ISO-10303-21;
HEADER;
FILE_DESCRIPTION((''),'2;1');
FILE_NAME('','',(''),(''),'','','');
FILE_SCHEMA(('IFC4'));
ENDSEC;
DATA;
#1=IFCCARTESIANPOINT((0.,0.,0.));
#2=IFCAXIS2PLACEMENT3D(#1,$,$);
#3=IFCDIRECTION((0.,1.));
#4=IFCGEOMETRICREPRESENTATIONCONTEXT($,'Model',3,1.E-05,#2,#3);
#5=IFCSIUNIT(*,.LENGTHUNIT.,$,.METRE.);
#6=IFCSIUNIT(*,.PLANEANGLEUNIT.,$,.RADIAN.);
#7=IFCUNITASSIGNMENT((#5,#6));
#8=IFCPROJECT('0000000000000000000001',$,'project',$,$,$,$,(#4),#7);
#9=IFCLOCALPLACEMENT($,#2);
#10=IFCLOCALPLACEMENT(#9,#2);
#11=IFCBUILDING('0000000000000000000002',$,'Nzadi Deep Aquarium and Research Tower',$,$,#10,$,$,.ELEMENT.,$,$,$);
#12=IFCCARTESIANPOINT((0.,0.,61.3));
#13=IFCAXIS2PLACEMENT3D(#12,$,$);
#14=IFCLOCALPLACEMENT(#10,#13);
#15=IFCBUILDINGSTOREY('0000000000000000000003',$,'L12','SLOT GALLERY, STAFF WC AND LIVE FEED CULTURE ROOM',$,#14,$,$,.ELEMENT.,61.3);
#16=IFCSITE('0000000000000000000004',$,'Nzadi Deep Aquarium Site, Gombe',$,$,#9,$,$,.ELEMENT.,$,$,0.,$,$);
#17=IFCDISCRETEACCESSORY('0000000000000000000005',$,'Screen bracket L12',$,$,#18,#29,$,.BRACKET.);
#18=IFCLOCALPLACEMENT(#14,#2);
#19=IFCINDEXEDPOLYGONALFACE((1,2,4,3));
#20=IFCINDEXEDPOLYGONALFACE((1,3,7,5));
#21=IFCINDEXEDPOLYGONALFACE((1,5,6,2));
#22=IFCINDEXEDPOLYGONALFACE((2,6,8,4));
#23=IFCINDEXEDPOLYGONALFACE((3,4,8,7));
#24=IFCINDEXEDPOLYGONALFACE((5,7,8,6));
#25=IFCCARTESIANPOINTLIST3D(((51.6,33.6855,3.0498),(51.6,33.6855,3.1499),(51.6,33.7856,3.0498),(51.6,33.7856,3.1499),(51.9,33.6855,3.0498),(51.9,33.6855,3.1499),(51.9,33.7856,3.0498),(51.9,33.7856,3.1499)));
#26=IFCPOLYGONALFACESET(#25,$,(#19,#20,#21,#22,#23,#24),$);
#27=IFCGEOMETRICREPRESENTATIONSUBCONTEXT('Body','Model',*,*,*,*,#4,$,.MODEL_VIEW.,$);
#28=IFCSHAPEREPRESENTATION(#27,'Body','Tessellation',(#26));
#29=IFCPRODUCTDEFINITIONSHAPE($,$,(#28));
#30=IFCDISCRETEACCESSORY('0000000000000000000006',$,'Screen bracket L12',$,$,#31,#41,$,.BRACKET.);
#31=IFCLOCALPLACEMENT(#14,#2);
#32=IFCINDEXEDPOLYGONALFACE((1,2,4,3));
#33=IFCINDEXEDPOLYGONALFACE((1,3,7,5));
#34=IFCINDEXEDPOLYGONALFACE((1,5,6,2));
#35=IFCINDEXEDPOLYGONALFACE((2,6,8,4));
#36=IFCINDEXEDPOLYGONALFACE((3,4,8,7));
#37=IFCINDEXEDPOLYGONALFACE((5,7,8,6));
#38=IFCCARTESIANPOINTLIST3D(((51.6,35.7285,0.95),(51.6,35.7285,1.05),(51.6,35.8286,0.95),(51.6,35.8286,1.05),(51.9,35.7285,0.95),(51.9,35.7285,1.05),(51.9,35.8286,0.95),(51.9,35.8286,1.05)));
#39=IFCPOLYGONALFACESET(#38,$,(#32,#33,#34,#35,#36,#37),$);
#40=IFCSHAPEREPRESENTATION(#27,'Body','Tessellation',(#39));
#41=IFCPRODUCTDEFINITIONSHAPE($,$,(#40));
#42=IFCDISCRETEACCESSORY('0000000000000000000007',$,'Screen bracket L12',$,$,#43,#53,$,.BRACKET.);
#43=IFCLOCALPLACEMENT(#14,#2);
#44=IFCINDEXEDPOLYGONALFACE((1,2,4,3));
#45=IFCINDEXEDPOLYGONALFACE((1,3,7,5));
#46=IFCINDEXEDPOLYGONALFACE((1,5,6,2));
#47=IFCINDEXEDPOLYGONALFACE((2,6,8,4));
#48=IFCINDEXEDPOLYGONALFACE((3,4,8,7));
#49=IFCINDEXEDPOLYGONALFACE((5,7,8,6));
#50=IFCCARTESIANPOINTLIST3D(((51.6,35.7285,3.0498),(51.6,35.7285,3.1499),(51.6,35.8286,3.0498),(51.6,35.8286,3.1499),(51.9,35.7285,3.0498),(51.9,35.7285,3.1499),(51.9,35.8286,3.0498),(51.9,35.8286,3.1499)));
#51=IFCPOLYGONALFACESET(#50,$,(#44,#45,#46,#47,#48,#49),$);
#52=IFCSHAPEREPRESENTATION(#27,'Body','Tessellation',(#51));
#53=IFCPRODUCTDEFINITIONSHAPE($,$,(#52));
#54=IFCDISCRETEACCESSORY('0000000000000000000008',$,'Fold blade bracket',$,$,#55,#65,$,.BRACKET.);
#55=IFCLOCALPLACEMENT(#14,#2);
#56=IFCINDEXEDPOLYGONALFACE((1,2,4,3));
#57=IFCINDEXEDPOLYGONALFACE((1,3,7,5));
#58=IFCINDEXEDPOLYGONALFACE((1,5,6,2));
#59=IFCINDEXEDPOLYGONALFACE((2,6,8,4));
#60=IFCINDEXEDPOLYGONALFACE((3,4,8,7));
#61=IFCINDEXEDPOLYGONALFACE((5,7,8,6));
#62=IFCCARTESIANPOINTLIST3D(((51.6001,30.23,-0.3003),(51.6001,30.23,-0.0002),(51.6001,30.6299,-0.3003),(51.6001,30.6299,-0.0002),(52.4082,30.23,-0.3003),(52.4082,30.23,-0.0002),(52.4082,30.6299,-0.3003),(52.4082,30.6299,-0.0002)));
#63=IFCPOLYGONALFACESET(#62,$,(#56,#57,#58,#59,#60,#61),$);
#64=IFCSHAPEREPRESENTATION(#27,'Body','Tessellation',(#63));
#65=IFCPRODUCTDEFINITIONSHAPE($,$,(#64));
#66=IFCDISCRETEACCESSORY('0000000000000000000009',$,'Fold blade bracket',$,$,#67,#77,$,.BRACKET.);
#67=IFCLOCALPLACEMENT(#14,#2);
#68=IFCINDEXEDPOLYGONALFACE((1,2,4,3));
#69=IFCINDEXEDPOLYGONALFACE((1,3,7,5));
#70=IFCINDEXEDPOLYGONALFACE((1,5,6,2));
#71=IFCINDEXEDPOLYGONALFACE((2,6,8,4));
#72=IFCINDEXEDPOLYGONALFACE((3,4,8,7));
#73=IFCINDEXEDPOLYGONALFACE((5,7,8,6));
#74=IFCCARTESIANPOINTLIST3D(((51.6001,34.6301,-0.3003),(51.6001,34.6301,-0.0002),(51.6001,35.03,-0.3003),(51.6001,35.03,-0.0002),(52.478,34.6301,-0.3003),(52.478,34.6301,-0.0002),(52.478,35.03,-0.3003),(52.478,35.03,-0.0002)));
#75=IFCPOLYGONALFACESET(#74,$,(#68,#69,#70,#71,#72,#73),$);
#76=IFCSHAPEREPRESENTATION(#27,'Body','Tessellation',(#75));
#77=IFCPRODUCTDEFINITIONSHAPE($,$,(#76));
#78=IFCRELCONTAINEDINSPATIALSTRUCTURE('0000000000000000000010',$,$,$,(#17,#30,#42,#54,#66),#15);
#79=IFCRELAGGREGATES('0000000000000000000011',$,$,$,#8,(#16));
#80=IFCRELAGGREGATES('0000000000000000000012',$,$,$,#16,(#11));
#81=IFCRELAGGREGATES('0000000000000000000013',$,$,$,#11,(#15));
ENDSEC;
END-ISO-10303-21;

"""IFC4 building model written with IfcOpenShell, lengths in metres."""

from ifc_helpers import new_model, si_unit, direction, frame, origin, origin_2d, place, context, subcontext, project, spatial, rectangle, extrude, element, save


model = new_model("IFC4")

# Units and contexts
model_context = context("Model", 3, precision=1e-05, world=origin(), true_north=direction((0.0, 1.0)))
body_context = subcontext(model_context, "Body", "Model", "MODEL_VIEW")
ifc_project = project(units=[si_unit("LENGTHUNIT", "METRE"), si_unit("PLANEANGLEUNIT", "RADIAN")], contexts=[model_context])

# Site, building, storey
site_placement = place(None, origin())
site = spatial("IfcSite", under=ifc_project, at=site_placement, Name="Nzadi Deep Aquarium Site, Gombe", CompositionType="ELEMENT", RefElevation=0.0)
building_placement = place(site_placement, origin())
building = spatial("IfcBuilding", under=site, at=building_placement, Name="Nzadi Deep Aquarium and Research Tower", CompositionType="ELEMENT")
storey_placement = place(building_placement, frame((0.0, 0.0, 61.3)))
storey = spatial("IfcBuildingStorey", under=building, at=storey_placement, Name="L12", Description="SLOT GALLERY, STAFF WC AND LIVE FEED CULTURE ROOM", CompositionType="ELEMENT", Elevation=61.3)

# Discrete accessories
for number, where, z_axis, x_axis, name in (
    (1, (51.75, 33.7356, 3.0498), (0.0, 0.0, 1.0), (1.0, 0.0, 0.0), "Screen bracket L12"),
    (2, (51.75, 35.7786, 0.95), (0.0, 0.0, 1.0), (1.0, 0.0, 0.0), "Screen bracket L12"),
    (3, (51.75, 35.7786, 3.0498), (0.0, 0.0, 1.0), (1.0, 0.0, 0.0), "Screen bracket L12"),
):
    element("IfcDiscreteAccessory", number, at=place(storey_placement, frame(where, z_axis=z_axis, x_axis=x_axis)), inside=storey, Name=name, PredefinedType="BRACKET", context=body_context, shape_type="SweptSolid", body=[
        extrude(rectangle(XDim=0.3, YDim=0.1001, at=origin_2d()), origin(), (0.0, 0.0, 1.0), 0.1001),
    ])
discrete_accessory_1_placement = place(storey_placement, frame((52.0042, 30.4299, -0.3003), z_axis=(0.0, 0.0, 1.0), x_axis=(1.0, 0.0, 0.0)))
element("IfcDiscreteAccessory", 4, at=discrete_accessory_1_placement, inside=storey, Name="Fold blade bracket", PredefinedType="BRACKET", context=body_context, shape_type="SweptSolid", body=[
    extrude(rectangle(XDim=0.8081, YDim=0.3999, at=origin_2d()), origin(), (0.0, 0.0, 1.0), 0.3),
])
discrete_accessory_2_placement = place(storey_placement, frame((52.0391, 34.8301, -0.3003), z_axis=(0.0, 0.0, 1.0), x_axis=(1.0, 0.0, 0.0)))
element("IfcDiscreteAccessory", 5, at=discrete_accessory_2_placement, inside=storey, Name="Fold blade bracket", PredefinedType="BRACKET", context=body_context, shape_type="SweptSolid", body=[
    extrude(rectangle(XDim=0.8779, YDim=0.3999, at=origin_2d()), origin(), (0.0, 0.0, 1.0), 0.3),
])

save(model, "model.ifc")
